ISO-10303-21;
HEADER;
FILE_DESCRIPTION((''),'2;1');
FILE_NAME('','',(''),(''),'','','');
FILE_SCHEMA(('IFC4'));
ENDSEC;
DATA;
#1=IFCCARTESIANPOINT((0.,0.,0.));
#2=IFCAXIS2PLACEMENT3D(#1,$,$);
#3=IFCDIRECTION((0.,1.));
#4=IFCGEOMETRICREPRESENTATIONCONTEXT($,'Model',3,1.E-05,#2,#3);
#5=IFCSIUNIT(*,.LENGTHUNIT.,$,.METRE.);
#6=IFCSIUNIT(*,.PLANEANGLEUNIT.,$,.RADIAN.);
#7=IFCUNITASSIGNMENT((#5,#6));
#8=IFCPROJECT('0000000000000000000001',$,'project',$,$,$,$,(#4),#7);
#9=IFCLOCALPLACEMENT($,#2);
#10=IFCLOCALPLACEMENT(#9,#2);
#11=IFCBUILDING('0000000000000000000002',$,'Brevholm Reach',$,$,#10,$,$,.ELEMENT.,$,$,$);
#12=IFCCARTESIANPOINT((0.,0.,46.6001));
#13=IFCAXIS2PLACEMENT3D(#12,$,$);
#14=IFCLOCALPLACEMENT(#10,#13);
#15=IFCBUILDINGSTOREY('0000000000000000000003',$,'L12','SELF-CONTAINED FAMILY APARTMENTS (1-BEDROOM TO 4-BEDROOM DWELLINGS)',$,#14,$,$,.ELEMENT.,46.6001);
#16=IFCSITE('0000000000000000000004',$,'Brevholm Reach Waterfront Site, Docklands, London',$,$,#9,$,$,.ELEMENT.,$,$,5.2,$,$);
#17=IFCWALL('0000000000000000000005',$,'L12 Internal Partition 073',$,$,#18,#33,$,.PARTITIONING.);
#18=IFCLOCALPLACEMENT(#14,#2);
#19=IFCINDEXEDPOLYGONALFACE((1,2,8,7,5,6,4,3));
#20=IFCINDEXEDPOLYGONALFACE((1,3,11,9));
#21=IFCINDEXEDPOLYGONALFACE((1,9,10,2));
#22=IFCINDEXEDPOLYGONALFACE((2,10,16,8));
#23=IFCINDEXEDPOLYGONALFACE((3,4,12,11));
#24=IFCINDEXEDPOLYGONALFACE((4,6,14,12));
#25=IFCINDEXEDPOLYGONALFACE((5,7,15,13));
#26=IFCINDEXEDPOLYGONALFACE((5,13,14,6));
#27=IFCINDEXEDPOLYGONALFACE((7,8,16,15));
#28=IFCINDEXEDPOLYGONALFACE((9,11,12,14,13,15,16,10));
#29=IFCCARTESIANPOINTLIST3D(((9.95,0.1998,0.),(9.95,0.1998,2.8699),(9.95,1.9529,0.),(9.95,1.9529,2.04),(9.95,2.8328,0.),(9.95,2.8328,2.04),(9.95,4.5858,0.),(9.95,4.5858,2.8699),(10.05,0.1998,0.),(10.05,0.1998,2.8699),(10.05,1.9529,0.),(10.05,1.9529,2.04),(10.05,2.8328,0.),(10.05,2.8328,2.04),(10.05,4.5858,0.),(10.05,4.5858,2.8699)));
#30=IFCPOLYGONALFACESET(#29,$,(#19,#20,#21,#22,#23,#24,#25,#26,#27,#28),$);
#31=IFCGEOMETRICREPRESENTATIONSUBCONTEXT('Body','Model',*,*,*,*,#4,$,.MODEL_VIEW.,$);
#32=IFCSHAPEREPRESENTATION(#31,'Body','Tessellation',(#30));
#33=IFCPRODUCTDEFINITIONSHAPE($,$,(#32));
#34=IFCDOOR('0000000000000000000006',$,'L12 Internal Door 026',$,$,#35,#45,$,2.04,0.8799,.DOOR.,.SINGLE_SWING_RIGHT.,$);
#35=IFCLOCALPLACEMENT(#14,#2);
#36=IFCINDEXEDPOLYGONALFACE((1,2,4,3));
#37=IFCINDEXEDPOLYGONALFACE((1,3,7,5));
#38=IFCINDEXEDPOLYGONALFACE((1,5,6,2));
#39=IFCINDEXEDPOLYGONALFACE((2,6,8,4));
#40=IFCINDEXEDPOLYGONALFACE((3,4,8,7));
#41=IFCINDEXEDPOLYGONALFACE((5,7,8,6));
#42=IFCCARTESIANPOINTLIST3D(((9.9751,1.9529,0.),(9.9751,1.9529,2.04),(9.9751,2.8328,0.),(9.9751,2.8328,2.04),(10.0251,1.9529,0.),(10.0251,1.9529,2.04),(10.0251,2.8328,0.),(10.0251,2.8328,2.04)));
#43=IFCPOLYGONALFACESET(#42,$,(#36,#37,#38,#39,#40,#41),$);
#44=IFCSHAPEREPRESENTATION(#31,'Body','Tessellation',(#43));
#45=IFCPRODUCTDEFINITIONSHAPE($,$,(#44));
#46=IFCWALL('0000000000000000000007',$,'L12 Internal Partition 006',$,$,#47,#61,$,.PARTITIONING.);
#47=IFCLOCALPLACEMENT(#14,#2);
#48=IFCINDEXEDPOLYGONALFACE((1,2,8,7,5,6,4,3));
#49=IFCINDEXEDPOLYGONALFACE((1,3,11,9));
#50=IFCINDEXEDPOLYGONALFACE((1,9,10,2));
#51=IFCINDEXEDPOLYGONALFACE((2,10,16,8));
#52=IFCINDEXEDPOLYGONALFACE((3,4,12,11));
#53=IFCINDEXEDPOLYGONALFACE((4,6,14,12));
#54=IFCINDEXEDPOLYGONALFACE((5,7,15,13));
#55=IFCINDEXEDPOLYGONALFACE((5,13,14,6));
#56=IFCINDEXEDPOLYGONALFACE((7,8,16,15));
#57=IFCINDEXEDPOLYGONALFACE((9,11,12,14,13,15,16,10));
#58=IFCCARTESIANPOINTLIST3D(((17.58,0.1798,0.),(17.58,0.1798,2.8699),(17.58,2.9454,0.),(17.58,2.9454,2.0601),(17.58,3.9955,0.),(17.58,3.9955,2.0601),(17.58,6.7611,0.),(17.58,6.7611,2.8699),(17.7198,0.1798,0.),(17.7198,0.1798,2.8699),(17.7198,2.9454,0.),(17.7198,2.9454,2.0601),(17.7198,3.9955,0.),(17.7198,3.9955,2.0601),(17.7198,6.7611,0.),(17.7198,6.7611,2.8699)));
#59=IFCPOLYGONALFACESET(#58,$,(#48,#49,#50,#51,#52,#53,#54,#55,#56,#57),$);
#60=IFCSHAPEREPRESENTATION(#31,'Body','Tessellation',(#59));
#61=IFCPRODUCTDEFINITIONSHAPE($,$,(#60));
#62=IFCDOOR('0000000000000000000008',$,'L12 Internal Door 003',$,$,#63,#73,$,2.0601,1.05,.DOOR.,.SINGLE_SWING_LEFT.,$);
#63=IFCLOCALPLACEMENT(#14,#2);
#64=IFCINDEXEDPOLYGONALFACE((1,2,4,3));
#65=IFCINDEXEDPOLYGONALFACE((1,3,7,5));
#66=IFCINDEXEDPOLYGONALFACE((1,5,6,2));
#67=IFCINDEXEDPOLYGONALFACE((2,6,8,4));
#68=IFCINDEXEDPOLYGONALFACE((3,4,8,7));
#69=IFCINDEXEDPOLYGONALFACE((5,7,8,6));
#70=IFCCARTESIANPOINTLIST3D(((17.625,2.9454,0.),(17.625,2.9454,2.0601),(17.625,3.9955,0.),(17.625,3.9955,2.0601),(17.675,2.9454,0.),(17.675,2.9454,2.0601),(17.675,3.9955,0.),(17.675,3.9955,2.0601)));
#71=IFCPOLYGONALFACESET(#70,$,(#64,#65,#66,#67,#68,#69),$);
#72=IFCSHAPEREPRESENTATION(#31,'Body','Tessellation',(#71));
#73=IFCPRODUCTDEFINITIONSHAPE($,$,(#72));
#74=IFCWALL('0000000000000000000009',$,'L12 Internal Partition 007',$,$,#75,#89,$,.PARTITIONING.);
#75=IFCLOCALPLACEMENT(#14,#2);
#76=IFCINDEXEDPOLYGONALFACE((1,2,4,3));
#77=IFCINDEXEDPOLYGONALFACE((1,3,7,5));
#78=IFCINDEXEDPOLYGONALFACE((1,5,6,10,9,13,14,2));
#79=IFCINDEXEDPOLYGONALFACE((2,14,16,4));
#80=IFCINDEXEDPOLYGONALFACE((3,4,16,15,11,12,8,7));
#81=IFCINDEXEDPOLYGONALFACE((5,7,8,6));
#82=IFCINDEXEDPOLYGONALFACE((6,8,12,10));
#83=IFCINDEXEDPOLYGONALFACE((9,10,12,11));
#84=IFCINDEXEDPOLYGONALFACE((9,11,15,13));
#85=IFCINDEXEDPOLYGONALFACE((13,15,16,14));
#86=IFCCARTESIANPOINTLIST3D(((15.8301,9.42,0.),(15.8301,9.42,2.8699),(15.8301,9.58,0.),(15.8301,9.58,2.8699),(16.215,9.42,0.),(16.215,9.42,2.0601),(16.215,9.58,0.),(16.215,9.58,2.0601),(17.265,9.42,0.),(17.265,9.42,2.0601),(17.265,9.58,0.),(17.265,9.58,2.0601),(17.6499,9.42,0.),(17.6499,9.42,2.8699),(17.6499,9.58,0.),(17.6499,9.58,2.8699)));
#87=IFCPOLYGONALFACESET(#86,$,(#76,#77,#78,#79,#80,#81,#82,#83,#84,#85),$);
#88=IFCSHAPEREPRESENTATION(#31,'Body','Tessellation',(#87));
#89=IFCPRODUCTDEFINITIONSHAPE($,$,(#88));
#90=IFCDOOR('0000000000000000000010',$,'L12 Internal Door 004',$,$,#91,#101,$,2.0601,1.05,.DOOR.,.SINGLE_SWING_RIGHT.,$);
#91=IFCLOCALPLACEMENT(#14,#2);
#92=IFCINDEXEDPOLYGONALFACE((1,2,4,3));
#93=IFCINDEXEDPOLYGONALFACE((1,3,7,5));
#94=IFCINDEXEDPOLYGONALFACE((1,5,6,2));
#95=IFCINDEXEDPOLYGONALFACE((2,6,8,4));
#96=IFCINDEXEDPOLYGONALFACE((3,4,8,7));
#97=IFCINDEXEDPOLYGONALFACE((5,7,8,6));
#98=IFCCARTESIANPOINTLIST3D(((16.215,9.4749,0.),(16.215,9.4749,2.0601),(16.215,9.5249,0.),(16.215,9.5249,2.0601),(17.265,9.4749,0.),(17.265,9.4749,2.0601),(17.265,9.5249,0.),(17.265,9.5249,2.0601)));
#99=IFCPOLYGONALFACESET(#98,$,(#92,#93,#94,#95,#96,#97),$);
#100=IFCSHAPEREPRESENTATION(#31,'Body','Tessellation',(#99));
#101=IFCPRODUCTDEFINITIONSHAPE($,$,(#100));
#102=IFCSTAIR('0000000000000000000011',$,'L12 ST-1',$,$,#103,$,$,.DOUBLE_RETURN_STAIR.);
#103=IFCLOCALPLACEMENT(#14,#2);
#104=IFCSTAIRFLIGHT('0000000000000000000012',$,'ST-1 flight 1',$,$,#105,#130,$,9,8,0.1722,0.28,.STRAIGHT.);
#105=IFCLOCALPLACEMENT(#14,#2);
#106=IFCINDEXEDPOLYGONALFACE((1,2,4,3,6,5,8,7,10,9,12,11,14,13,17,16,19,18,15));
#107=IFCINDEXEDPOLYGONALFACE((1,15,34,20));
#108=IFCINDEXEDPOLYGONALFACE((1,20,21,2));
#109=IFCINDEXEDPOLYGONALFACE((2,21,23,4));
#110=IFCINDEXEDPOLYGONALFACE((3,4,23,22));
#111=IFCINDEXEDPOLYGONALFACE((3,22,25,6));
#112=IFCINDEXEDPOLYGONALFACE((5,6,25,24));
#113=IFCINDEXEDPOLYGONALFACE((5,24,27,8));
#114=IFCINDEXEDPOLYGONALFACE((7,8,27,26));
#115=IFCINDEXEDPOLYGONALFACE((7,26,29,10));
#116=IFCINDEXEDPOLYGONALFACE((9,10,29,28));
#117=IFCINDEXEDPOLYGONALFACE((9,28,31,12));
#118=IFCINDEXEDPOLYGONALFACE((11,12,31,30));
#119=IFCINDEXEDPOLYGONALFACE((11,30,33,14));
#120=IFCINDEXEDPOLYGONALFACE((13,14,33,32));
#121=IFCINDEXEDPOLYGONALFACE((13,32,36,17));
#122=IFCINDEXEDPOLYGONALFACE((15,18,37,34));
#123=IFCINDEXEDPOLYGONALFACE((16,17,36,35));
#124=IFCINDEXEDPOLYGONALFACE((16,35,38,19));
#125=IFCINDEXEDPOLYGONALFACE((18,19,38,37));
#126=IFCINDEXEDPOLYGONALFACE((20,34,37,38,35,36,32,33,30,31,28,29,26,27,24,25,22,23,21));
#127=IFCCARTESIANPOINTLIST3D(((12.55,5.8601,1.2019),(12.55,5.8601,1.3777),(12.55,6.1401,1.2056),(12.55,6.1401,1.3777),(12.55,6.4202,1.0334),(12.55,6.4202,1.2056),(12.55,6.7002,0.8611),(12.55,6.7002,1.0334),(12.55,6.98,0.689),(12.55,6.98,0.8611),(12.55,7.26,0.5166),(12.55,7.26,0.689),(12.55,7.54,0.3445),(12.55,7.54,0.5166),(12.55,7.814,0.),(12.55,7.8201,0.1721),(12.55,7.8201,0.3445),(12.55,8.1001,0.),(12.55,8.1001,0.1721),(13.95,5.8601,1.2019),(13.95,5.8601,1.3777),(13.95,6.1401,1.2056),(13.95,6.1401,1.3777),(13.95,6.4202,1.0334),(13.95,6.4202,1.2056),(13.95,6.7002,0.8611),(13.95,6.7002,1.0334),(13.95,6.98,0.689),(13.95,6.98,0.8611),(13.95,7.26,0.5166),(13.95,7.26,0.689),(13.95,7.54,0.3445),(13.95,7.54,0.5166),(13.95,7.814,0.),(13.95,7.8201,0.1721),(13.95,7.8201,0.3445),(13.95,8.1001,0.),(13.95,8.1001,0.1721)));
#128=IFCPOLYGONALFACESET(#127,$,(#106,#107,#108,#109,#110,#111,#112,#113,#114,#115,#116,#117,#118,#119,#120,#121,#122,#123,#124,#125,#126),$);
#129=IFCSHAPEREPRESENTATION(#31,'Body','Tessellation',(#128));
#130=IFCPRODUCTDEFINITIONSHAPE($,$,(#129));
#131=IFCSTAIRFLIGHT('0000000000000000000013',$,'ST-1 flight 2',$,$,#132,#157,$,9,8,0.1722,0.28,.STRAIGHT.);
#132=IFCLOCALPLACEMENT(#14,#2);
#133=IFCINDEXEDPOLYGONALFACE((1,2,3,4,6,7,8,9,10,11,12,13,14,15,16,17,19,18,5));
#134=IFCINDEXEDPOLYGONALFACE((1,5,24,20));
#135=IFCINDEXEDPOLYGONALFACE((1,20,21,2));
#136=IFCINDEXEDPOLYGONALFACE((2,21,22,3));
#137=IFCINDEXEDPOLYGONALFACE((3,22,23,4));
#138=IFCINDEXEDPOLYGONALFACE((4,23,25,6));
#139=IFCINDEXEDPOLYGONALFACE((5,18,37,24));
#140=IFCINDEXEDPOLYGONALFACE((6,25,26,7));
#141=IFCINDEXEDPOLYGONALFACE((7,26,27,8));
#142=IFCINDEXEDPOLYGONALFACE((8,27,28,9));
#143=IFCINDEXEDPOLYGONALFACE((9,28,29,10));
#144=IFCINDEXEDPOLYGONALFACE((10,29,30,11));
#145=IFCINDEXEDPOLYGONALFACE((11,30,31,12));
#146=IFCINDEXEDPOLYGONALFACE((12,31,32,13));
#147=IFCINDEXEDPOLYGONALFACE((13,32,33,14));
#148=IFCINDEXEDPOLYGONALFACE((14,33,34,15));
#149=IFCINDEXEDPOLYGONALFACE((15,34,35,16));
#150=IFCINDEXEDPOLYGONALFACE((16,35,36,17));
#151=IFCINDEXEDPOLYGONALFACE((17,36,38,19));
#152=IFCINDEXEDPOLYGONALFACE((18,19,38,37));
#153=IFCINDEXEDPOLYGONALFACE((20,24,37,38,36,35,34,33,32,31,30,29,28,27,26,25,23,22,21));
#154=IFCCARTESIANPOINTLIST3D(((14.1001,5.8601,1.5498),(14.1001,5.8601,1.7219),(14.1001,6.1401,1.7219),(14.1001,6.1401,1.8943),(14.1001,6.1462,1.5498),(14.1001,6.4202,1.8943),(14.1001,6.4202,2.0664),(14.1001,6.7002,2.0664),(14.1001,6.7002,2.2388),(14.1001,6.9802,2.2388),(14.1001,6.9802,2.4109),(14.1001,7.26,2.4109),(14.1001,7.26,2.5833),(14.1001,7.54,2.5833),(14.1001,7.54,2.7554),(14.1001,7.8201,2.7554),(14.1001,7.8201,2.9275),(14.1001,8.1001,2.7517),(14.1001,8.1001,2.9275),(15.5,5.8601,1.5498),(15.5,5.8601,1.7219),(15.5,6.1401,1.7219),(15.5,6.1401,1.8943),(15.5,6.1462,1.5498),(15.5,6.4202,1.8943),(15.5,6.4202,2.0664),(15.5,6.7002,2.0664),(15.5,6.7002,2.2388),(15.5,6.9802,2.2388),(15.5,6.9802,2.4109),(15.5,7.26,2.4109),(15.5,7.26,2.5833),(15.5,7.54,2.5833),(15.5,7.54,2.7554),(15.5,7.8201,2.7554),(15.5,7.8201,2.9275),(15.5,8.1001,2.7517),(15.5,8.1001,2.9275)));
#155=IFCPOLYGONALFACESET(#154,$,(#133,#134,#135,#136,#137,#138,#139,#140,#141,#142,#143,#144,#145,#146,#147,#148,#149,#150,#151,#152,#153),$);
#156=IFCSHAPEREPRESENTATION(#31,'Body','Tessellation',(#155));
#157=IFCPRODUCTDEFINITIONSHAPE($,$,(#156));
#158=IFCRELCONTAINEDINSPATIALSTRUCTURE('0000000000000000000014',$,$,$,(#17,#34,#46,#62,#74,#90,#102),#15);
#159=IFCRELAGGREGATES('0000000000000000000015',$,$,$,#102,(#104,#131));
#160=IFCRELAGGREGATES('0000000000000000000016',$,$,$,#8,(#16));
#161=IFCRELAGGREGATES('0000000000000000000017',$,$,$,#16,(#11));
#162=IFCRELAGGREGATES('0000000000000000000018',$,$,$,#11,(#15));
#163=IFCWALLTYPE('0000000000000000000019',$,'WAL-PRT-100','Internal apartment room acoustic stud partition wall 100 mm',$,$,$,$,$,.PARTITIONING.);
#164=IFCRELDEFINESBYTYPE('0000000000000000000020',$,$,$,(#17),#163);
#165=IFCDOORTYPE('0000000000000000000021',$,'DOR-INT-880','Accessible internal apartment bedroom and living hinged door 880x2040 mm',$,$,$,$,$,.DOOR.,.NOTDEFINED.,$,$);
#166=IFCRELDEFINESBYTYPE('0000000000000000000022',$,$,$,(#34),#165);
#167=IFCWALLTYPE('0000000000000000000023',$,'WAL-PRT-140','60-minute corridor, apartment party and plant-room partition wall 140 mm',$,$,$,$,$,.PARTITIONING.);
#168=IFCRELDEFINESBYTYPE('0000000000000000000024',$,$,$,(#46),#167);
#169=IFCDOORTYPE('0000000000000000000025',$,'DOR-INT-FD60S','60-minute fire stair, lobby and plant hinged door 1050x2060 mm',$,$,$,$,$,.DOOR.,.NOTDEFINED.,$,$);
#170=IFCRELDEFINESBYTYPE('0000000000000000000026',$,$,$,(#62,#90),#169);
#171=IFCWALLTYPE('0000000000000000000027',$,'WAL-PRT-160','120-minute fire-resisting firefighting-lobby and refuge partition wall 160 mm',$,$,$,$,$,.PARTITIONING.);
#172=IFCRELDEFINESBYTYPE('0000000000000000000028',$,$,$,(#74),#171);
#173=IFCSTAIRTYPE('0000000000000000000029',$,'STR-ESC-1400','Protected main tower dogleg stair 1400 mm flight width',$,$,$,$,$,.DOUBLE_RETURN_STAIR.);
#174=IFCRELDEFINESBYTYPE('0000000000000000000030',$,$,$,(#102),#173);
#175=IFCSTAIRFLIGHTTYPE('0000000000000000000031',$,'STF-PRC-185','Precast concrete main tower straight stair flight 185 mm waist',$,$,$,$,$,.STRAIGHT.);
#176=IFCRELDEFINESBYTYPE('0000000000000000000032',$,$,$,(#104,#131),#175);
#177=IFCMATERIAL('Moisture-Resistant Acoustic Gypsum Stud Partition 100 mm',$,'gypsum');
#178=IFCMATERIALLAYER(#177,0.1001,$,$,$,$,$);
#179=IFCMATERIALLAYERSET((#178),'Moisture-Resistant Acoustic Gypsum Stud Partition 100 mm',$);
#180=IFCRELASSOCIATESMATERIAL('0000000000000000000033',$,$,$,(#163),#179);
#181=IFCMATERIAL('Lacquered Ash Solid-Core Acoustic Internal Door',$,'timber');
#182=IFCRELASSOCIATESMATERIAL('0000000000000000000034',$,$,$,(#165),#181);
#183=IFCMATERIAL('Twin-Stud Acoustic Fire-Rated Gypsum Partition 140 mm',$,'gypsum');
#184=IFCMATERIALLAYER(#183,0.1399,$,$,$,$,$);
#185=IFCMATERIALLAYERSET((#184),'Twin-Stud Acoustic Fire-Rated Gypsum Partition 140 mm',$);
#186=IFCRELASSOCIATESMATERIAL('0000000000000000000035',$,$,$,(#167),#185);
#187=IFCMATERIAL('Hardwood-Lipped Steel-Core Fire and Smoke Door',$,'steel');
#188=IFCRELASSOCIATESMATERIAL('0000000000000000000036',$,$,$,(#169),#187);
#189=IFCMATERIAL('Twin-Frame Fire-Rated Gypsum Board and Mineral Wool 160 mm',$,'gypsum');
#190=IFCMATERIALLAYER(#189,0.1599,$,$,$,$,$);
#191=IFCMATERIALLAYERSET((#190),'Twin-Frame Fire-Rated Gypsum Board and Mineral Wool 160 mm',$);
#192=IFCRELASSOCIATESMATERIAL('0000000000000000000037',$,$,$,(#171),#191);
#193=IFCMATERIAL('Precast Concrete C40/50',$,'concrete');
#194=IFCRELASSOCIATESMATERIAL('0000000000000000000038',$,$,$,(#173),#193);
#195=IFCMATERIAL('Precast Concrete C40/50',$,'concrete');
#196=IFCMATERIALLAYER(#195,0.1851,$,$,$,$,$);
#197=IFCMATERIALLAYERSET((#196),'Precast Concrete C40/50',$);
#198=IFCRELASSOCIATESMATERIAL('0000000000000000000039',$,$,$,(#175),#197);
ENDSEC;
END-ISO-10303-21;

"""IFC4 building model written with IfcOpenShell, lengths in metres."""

from ifc_helpers import new_model, si_unit, direction, frame, frame_2d, origin, place, context, subcontext, project, spatial, polyline, rectangle, outline, extrude, material, layer, layer_set, type_object, element, fill, aggregate, save


model = new_model("IFC4")

# Units and contexts
model_context = context("Model", 3, precision=1e-05, world=origin(), true_north=direction((0.0, 1.0)))
body_context = subcontext(model_context, "Body", "Model", "MODEL_VIEW")
ifc_project = project(units=[si_unit("LENGTHUNIT", "METRE"), si_unit("PLANEANGLEUNIT", "RADIAN")], contexts=[model_context])

# Site, building, storey
site_placement = place(None, origin())
site = spatial("IfcSite", under=ifc_project, at=site_placement, Name="Brevholm Reach Waterfront Site, Docklands, London", CompositionType="ELEMENT", RefElevation=5.2)
building_placement = place(site_placement, origin())
building = spatial("IfcBuilding", under=site, at=building_placement, Name="Brevholm Reach", CompositionType="ELEMENT")
storey_placement = place(building_placement, frame((0.0, 0.0, 46.6001)))
storey = spatial("IfcBuildingStorey", under=building, at=storey_placement, Name="L12", Description="SELF-CONTAINED FAMILY APARTMENTS (1-BEDROOM TO 4-BEDROOM DWELLINGS)", CompositionType="ELEMENT", Elevation=46.6001)

# Walls, openings, doors
ifc_material_1 = material(Name="Moisture-Resistant Acoustic Gypsum Stud Partition 100 mm", Category="gypsum")
ifc_layer_1 = layer(ifc_material_1, 0.1001)
ifc_layer_set_1 = layer_set([ifc_layer_1], Name="Moisture-Resistant Acoustic Gypsum Stud Partition 100 mm")
wall_type_1 = type_object("IfcWallType", Name="WAL-PRT-100", Description="Internal apartment room acoustic stud partition wall 100 mm", PredefinedType="PARTITIONING", material=ifc_layer_set_1)
wall_1_placement = place(storey_placement, frame((10.0, 0.2, 0.0), z_axis=(0.0, 0.0, 1.0), x_axis=(0.0, 1.0, 0.0)))
wall_1 = element("IfcWall", 1, at=wall_1_placement, inside=storey, type_object=wall_type_1, Name="L12 Internal Partition 073", PredefinedType="PARTITIONING", context=body_context, shape_type="SweptSolid", body=[
    extrude(rectangle(XDim=4.386, YDim=0.1001, at=frame_2d((2.1929, 0.0))), origin(), (0.0, 0.0, 1.0), 2.8699),
])
opening_1_placement = place(wall_1_placement, frame((1.7529, 0.0, 0.0)))
opening_1 = element("IfcOpeningElement", 2, at=opening_1_placement, cuts=wall_1, PredefinedType="OPENING", context=body_context, shape_type="SweptSolid", body=[
    extrude(rectangle(XDim=0.8799, YDim=2.04, at=frame_2d((0.4399, 1.02))), frame((0.0, 0.0601, 0.0), z_axis=(0.0, -1.0, 0.0), x_axis=(1.0, 0.0, 0.0)), (0.0, 0.0, 1.0), 0.1201),
])
ifc_material_2 = material(Name="Lacquered Ash Solid-Core Acoustic Internal Door", Category="timber")
door_type_1 = type_object("IfcDoorType", Name="DOR-INT-880", Description="Accessible internal apartment bedroom and living hinged door 880x2040 mm", OperationType="NOTDEFINED", PredefinedType="DOOR", material=ifc_material_2)
door_1_placement = place(opening_1_placement, origin())
door_1 = element("IfcDoor", 3, at=door_1_placement, inside=storey, type_object=door_type_1, Name="L12 Internal Door 026", OperationType="SINGLE_SWING_RIGHT", OverallHeight=2.04, OverallWidth=0.8799, PredefinedType="DOOR", context=body_context, shape_type="SweptSolid", body=[
    extrude(rectangle(XDim=0.8799, YDim=2.04, at=frame_2d((0.4399, 1.02))), frame((0.0, 0.0249, 0.0), z_axis=(0.0, -1.0, 0.0), x_axis=(1.0, 0.0, 0.0)), (0.0, 0.0, 1.0), 0.05),
])
fill(opening_1, door_1)
ifc_material_3 = material(Name="Twin-Stud Acoustic Fire-Rated Gypsum Partition 140 mm", Category="gypsum")
ifc_layer_2 = layer(ifc_material_3, 0.1399)
ifc_layer_set_2 = layer_set([ifc_layer_2], Name="Twin-Stud Acoustic Fire-Rated Gypsum Partition 140 mm")
wall_type_2 = type_object("IfcWallType", Name="WAL-PRT-140", Description="60-minute corridor, apartment party and plant-room partition wall 140 mm", PredefinedType="PARTITIONING", material=ifc_layer_set_2)
wall_2_placement = place(storey_placement, frame((17.6499, 0.1799, 0.0), z_axis=(0.0, 0.0, 1.0), x_axis=(0.0, 1.0, 0.0)))
wall_2 = element("IfcWall", 4, at=wall_2_placement, inside=storey, type_object=wall_type_2, Name="L12 Internal Partition 006", PredefinedType="PARTITIONING", context=body_context, shape_type="SweptSolid", body=[
    extrude(rectangle(XDim=6.5813, YDim=0.1399, at=frame_2d((3.2905, 0.0))), origin(), (0.0, 0.0, 1.0), 2.8699),
])
opening_2_placement = place(wall_2_placement, frame((2.7656, 0.0, 0.0)))
opening_2 = element("IfcOpeningElement", 5, at=opening_2_placement, cuts=wall_2, PredefinedType="OPENING", context=body_context, shape_type="SweptSolid", body=[
    extrude(rectangle(XDim=1.05, YDim=2.0601, at=frame_2d((0.5249, 1.03))), frame((0.0, 0.0798, 0.0), z_axis=(0.0, -1.0, 0.0), x_axis=(1.0, 0.0, 0.0)), (0.0, 0.0, 1.0), 0.1599),
])
ifc_material_4 = material(Name="Hardwood-Lipped Steel-Core Fire and Smoke Door", Category="steel")
door_type_2 = type_object("IfcDoorType", Name="DOR-INT-FD60S", Description="60-minute fire stair, lobby and plant hinged door 1050x2060 mm", OperationType="NOTDEFINED", PredefinedType="DOOR", material=ifc_material_4)
door_2_placement = place(opening_2_placement, origin())
door_2 = element("IfcDoor", 6, at=door_2_placement, inside=storey, type_object=door_type_2, Name="L12 Internal Door 003", OperationType="SINGLE_SWING_LEFT", OverallHeight=2.0601, OverallWidth=1.05, PredefinedType="DOOR", context=body_context, shape_type="SweptSolid", body=[
    extrude(rectangle(XDim=1.05, YDim=2.0601, at=frame_2d((0.5249, 1.03))), frame((0.0, 0.0249, 0.0), z_axis=(0.0, -1.0, 0.0), x_axis=(1.0, 0.0, 0.0)), (0.0, 0.0, 1.0), 0.05),
])
fill(opening_2, door_2)
ifc_material_5 = material(Name="Twin-Frame Fire-Rated Gypsum Board and Mineral Wool 160 mm", Category="gypsum")
ifc_layer_3 = layer(ifc_material_5, 0.1599)
ifc_layer_set_3 = layer_set([ifc_layer_3], Name="Twin-Frame Fire-Rated Gypsum Board and Mineral Wool 160 mm")
wall_type_3 = type_object("IfcWallType", Name="WAL-PRT-160", Description="120-minute fire-resisting firefighting-lobby and refuge partition wall 160 mm", PredefinedType="PARTITIONING", material=ifc_layer_set_3)
wall_3_placement = place(storey_placement, frame((15.8301, 9.5, 0.0), z_axis=(0.0, 0.0, 1.0), x_axis=(1.0, 0.0, 0.0)))
wall_3 = element("IfcWall", 7, at=wall_3_placement, inside=storey, type_object=wall_type_3, Name="L12 Internal Partition 007", PredefinedType="PARTITIONING", context=body_context, shape_type="SweptSolid", body=[
    extrude(rectangle(XDim=1.8198, YDim=0.1599, at=frame_2d((0.9099, 0.0))), origin(), (0.0, 0.0, 1.0), 2.8699),
])
opening_3_placement = place(wall_3_placement, frame((0.385, 0.0, 0.0)))
opening_3 = element("IfcOpeningElement", 8, at=opening_3_placement, cuts=wall_3, PredefinedType="OPENING", context=body_context, shape_type="SweptSolid", body=[
    extrude(rectangle(XDim=1.05, YDim=2.0601, at=frame_2d((0.5249, 1.03))), frame((0.0, 0.0898, 0.0), z_axis=(0.0, -1.0, 0.0), x_axis=(1.0, 0.0, 0.0)), (0.0, 0.0, 1.0), 0.1799),
])
door_3_placement = place(opening_3_placement, origin())
door_3 = element("IfcDoor", 9, at=door_3_placement, inside=storey, type_object=door_type_2, Name="L12 Internal Door 004", OperationType="SINGLE_SWING_RIGHT", OverallHeight=2.0601, OverallWidth=1.05, PredefinedType="DOOR", context=body_context, shape_type="SweptSolid", body=[
    extrude(rectangle(XDim=1.05, YDim=2.0601, at=frame_2d((0.5249, 1.03))), frame((0.0, 0.0249, 0.0), z_axis=(0.0, -1.0, 0.0), x_axis=(1.0, 0.0, 0.0)), (0.0, 0.0, 1.0), 0.05),
])
fill(opening_3, door_3)

# Stair, stair flights
ifc_material_6 = material(Name="Precast Concrete C40/50", Category="concrete")
stair_type = type_object("IfcStairType", Name="STR-ESC-1400", Description="Protected main tower dogleg stair 1400 mm flight width", PredefinedType="DOUBLE_RETURN_STAIR", material=ifc_material_6)
stair_placement = place(storey_placement, origin())
stair = element("IfcStair", 10, at=stair_placement, inside=storey, type_object=stair_type, Name="L12 ST-1", PredefinedType="DOUBLE_RETURN_STAIR")
ifc_material_7 = material(Name="Precast Concrete C40/50", Category="concrete")
ifc_layer_4 = layer(ifc_material_7, 0.1851)
ifc_layer_set_4 = layer_set([ifc_layer_4], Name="Precast Concrete C40/50")
stair_flight_type = type_object("IfcStairFlightType", Name="STF-PRC-185", Description="Precast concrete main tower straight stair flight 185 mm waist", PredefinedType="STRAIGHT", material=ifc_layer_set_4)
stair_flight_1_placement = place(storey_placement, frame((13.25, 8.1001, 0.0), z_axis=(0.0, 0.0, 1.0), x_axis=(0.0, -1.0, 0.0)))
stair_flight_1 = element("IfcStairFlight", 11, at=stair_flight_1_placement, type_object=stair_flight_type, Name="ST-1 flight 1", NumberOfRisers=9, NumberOfTreads=8, PredefinedType="STRAIGHT", RiserHeight=0.1722, TreadLength=0.28, context=body_context, shape_type="SweptSolid", body=[
    extrude(outline(polyline([(0.0, 0.0), (0.0, 0.1721), (0.28, 0.1721), (0.28, 0.3445), (0.5601, 0.3445), (0.5601, 0.5166), (0.8401, 0.5166), (0.8401, 0.689), (1.1201, 0.689), (1.1201, 0.8611), (1.3999, 0.8611), (1.3999, 1.0334), (1.6799, 1.0334), (1.6799, 1.2056), (1.96, 1.2056), (1.96, 1.3777), (2.24, 1.3777), (2.24, 1.55), (2.24, 1.2019), (0.2861, 0.0), (0.0, 0.0)])), frame((0.0, 0.7, 0.0), z_axis=(0.0, -1.0, 0.0), x_axis=(1.0, 0.0, 0.0)), (0.0, 0.0, 1.0), 1.3999),
])
stair_flight_2_placement = place(storey_placement, frame((14.8, 5.8601, 1.5498), z_axis=(0.0, 0.0, 1.0), x_axis=(0.0, 1.0, 0.0)))
stair_flight_2 = element("IfcStairFlight", 12, at=stair_flight_2_placement, type_object=stair_flight_type, Name="ST-1 flight 2", NumberOfRisers=9, NumberOfTreads=8, PredefinedType="STRAIGHT", RiserHeight=0.1722, TreadLength=0.28, context=body_context, shape_type="SweptSolid", body=[
    extrude(outline(polyline([(0.0, 0.0), (0.0, 0.1721), (0.28, 0.1721), (0.28, 0.3445), (0.5601, 0.3445), (0.5601, 0.5166), (0.8401, 0.5166), (0.8401, 0.689), (1.1201, 0.689), (1.1201, 0.8611), (1.3999, 0.8611), (1.3999, 1.0334), (1.6799, 1.0334), (1.6799, 1.2056), (1.96, 1.2056), (1.96, 1.3777), (2.24, 1.3777), (2.24, 1.55), (2.24, 1.2019), (0.2861, 0.0), (0.0, 0.0)])), frame((0.0, 0.7, 0.0), z_axis=(0.0, -1.0, 0.0), x_axis=(1.0, 0.0, 0.0)), (0.0, 0.0, 1.0), 1.3999),
])
aggregate(stair, [stair_flight_1, stair_flight_2])

save(model, "model.ifc")
